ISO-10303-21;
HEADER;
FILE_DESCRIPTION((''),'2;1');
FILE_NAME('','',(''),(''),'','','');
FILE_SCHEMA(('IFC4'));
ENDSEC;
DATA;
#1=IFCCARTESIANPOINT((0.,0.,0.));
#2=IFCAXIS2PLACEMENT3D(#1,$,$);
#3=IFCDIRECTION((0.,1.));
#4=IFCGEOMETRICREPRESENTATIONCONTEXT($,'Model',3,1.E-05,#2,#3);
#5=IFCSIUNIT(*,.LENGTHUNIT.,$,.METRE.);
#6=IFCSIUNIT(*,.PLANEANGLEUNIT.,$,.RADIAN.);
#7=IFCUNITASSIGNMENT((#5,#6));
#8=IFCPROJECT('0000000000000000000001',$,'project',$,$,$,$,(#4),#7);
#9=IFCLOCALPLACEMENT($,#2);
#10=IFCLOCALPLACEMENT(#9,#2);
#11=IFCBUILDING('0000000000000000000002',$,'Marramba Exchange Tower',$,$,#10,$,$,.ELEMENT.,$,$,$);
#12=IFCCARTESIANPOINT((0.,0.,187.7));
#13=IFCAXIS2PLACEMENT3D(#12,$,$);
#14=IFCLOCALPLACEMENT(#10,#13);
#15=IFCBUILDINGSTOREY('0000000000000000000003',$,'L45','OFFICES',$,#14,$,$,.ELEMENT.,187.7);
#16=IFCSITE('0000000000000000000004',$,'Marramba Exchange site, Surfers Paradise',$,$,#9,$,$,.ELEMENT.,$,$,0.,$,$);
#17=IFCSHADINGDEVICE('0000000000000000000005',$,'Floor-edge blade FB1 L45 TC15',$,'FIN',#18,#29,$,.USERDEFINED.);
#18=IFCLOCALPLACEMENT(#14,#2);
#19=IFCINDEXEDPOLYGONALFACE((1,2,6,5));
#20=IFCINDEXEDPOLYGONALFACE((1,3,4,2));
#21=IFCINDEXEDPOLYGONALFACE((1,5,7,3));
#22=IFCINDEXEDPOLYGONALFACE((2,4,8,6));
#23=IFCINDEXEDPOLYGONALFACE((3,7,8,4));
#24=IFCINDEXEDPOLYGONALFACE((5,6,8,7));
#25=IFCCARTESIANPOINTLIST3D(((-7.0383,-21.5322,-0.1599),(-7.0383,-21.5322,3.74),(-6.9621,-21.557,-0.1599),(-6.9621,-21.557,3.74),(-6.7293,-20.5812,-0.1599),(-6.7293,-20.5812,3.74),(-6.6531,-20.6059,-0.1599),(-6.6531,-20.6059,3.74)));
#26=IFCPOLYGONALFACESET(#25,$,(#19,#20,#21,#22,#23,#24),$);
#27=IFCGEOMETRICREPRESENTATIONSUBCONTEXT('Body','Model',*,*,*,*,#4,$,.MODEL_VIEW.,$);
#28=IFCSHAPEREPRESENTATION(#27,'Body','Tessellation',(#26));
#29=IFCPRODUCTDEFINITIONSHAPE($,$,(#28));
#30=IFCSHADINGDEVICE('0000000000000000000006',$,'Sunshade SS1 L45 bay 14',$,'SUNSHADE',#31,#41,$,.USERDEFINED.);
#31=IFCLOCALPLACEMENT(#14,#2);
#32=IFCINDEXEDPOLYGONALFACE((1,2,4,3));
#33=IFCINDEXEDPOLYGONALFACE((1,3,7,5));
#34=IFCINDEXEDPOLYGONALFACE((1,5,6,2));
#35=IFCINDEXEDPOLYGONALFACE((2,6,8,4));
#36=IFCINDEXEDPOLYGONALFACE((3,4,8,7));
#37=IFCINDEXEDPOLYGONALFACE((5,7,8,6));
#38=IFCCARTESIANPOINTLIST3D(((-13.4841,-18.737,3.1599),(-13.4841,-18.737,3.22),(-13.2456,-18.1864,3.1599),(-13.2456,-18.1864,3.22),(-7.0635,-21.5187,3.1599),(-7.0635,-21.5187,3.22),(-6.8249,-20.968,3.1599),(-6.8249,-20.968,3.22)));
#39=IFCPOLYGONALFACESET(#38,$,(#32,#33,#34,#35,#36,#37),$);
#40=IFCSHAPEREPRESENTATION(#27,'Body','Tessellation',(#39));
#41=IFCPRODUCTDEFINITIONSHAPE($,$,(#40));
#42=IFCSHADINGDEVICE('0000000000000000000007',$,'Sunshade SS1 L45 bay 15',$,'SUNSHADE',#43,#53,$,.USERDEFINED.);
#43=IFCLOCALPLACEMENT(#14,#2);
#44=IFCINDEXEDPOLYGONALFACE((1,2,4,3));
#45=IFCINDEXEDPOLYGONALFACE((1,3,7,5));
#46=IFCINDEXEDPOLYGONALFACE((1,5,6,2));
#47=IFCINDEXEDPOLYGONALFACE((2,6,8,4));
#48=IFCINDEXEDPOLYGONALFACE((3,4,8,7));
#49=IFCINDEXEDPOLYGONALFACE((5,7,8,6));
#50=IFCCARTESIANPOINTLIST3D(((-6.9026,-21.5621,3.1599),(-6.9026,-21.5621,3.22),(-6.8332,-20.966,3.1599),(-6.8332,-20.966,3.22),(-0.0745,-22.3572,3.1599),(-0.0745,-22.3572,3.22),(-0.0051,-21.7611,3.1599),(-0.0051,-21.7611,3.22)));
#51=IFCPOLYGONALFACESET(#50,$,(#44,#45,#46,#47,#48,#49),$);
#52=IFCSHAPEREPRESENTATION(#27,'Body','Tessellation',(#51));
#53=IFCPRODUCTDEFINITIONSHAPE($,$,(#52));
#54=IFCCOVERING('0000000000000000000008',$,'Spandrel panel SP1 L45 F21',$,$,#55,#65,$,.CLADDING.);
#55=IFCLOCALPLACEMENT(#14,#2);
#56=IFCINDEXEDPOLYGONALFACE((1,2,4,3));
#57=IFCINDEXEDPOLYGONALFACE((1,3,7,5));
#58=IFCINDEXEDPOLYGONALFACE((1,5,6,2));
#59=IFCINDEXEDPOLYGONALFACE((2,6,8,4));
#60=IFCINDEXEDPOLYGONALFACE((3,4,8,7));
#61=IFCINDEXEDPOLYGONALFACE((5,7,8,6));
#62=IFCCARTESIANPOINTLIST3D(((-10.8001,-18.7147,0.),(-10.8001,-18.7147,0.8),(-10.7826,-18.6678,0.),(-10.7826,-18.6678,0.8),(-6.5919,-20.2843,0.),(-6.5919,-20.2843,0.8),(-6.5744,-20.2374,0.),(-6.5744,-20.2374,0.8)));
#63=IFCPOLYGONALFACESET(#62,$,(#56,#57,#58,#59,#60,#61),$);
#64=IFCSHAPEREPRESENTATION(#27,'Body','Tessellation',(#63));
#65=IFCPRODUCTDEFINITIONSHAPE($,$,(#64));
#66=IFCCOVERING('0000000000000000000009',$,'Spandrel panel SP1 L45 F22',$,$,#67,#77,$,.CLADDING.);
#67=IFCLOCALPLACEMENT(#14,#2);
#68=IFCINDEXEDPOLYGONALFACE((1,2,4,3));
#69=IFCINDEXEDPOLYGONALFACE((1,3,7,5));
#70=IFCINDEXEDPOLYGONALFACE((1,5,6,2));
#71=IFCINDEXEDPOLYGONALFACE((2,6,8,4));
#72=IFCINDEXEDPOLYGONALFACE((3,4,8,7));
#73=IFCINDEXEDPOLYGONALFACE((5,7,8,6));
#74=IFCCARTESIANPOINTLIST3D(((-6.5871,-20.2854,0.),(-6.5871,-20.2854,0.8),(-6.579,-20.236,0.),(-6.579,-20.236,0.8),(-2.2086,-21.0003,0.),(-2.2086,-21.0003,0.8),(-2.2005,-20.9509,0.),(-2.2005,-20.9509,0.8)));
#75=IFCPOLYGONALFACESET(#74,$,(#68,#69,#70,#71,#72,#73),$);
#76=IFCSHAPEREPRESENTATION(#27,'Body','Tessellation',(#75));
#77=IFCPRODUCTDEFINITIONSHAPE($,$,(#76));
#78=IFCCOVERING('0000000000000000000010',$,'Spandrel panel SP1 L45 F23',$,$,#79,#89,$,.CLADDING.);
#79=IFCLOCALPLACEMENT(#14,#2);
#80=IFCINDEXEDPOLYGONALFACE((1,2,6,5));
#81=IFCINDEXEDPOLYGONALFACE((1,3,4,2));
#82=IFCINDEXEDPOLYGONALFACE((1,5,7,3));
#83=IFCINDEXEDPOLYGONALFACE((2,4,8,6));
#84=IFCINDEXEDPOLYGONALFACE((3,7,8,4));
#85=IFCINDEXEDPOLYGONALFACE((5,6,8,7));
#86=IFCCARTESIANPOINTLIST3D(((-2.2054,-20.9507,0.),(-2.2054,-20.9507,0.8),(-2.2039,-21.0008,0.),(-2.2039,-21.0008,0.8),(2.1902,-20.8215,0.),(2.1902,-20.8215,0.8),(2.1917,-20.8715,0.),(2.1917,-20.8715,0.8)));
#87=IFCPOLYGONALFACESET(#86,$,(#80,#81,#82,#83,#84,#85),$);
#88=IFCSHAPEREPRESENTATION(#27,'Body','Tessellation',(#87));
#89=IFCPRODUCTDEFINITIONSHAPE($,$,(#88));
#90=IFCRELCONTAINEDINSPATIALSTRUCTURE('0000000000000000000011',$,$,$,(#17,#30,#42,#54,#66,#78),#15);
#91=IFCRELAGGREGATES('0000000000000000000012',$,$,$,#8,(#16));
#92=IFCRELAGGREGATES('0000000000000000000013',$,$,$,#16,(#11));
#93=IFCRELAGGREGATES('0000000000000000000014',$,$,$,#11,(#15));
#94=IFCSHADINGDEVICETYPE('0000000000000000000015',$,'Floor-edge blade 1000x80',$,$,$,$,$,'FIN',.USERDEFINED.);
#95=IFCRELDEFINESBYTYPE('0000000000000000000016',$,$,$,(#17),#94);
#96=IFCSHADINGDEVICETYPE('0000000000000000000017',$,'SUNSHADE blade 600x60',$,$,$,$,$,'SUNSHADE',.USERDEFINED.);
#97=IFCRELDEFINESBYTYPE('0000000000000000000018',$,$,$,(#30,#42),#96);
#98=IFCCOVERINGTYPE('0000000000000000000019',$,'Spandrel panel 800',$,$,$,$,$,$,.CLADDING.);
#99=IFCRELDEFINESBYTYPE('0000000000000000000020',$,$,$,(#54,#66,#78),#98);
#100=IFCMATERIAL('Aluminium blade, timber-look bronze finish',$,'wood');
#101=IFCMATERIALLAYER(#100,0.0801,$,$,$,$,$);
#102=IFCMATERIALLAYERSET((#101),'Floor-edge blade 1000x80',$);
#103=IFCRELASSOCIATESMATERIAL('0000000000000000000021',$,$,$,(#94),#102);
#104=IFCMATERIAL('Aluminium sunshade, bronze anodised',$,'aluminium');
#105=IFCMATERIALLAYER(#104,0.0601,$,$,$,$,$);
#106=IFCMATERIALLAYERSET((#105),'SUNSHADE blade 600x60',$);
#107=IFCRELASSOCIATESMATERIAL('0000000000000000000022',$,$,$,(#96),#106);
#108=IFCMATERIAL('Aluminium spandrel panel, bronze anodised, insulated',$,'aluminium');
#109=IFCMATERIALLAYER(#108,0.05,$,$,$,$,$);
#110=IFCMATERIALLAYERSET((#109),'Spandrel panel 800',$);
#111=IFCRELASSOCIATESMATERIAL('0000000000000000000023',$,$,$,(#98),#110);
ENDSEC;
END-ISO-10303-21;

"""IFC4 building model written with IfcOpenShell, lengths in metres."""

from ifc_helpers import new_model, si_unit, direction, frame, origin, origin_2d, place, context, subcontext, project, spatial, rectangle, extrude, material, layer, layer_set, type_object, element, save


model = new_model("IFC4")

# Units and contexts
model_context = context("Model", 3, precision=1e-05, world=origin(), true_north=direction((0.0, 1.0)))
body_context = subcontext(model_context, "Body", "Model", "MODEL_VIEW")
ifc_project = project(units=[si_unit("LENGTHUNIT", "METRE"), si_unit("PLANEANGLEUNIT", "RADIAN")], contexts=[model_context])

# Site, building, storey
site_placement = place(None, origin())
site = spatial("IfcSite", under=ifc_project, at=site_placement, Name="Marramba Exchange site, Surfers Paradise", CompositionType="ELEMENT", RefElevation=0.0)
building_placement = place(site_placement, origin())
building = spatial("IfcBuilding", under=site, at=building_placement, Name="Marramba Exchange Tower", CompositionType="ELEMENT")
storey_placement = place(building_placement, frame((0.0, 0.0, 187.7)))
storey = spatial("IfcBuildingStorey", under=building, at=storey_placement, Name="L45", Description="OFFICES", CompositionType="ELEMENT", Elevation=187.7)

# Shading devices
ifc_material_1 = material(Name="Aluminium blade, timber-look bronze finish", Category="wood")
ifc_layer_1 = layer(ifc_material_1, 0.0801)
ifc_layer_set_1 = layer_set([ifc_layer_1], Name="Floor-edge blade 1000x80")
shading_device_type_1 = type_object("IfcShadingDeviceType", Name="Floor-edge blade 1000x80", ElementType="FIN", PredefinedType="USERDEFINED", material=ifc_layer_set_1)
shading_device_1_placement = place(storey_placement, frame((-6.8457, -21.0691, -0.1599), z_axis=(0.0, 0.0, 1.0), x_axis=(-0.309017, -0.951057, 0.0)))
element("IfcShadingDevice", 1, at=shading_device_1_placement, inside=storey, type_object=shading_device_type_1, Name="Floor-edge blade FB1 L45 TC15", ObjectType="FIN", PredefinedType="USERDEFINED", context=body_context, shape_type="SweptSolid", body=[
    extrude(rectangle(XDim=1.0, YDim=0.0801, at=origin_2d()), origin(), (0.0, 0.0, 1.0), 3.8999),
])
ifc_material_2 = material(Name="Aluminium sunshade, bronze anodised", Category="aluminium")
ifc_layer_2 = layer(ifc_material_2, 0.0601)
ifc_layer_set_2 = layer_set([ifc_layer_2], Name="SUNSHADE blade 600x60")
shading_device_type_2 = type_object("IfcShadingDeviceType", Name="SUNSHADE blade 600x60", ElementType="SUNSHADE", PredefinedType="USERDEFINED", material=ifc_layer_set_2)
shading_device_2_placement = place(storey_placement, frame((-10.1545, -19.8525, 3.1599), z_axis=(0.0, 0.0, 1.0), x_axis=(0.917589, -0.39753, 0.0)))
element("IfcShadingDevice", 2, at=shading_device_2_placement, inside=storey, type_object=shading_device_type_2, Name="Sunshade SS1 L45 bay 14", ObjectType="SUNSHADE", PredefinedType="USERDEFINED", context=body_context, shape_type="SweptSolid", body=[
    extrude(rectangle(XDim=6.9973, YDim=0.6001, at=origin_2d()), origin(), (0.0, 0.0, 1.0), 0.0601),
])
shading_device_3_placement = place(storey_placement, frame((-3.4539, -21.6616, 3.1599), z_axis=(0.0, 0.0, 1.0), x_axis=(0.993288, -0.115665, 0.0)))
element("IfcShadingDevice", 3, at=shading_device_3_placement, inside=storey, type_object=shading_device_type_2, Name="Sunshade SS1 L45 bay 15", ObjectType="SUNSHADE", PredefinedType="USERDEFINED", context=body_context, shape_type="SweptSolid", body=[
    extrude(rectangle(XDim=6.8743, YDim=0.6001, at=origin_2d()), origin(), (0.0, 0.0, 1.0), 0.0601),
])

# Coverings
ifc_material_3 = material(Name="Aluminium spandrel panel, bronze anodised, insulated", Category="aluminium")
ifc_layer_3 = layer(ifc_material_3, 0.05)
ifc_layer_set_3 = layer_set([ifc_layer_3], Name="Spandrel panel 800")
covering_type = type_object("IfcCoveringType", Name="Spandrel panel 800", PredefinedType="CLADDING", material=ifc_layer_set_3)
covering_1_placement = place(storey_placement, frame((-8.6873, -19.4761, 0.0), z_axis=(0.0, 0.0, 1.0), x_axis=(0.936952, -0.349459, 0.0)))
element("IfcCovering", 4, at=covering_1_placement, inside=storey, type_object=covering_type, Name="Spandrel panel SP1 L45 F21", PredefinedType="CLADDING", context=body_context, shape_type="SweptSolid", body=[
    extrude(rectangle(XDim=4.4915, YDim=0.05, at=origin_2d()), origin(), (0.0, 0.0, 1.0), 0.8),
])
covering_2_placement = place(storey_placement, frame((-4.3938, -20.6182, 0.0), z_axis=(0.0, 0.0, 1.0), x_axis=(0.986931, -0.161146, 0.0)))
element("IfcCovering", 5, at=covering_2_placement, inside=storey, type_object=covering_type, Name="Spandrel panel SP1 L45 F22", PredefinedType="CLADDING", context=body_context, shape_type="SweptSolid", body=[
    extrude(rectangle(XDim=4.4365, YDim=0.05, at=origin_2d()), origin(), (0.0, 0.0, 1.0), 0.8),
])
covering_3_placement = place(storey_placement, frame((-0.0068, -20.9111, 0.0), z_axis=(0.0, 0.0, 1.0), x_axis=(0.999568, 0.029393, 0.0)))
element("IfcCovering", 6, at=covering_3_placement, inside=storey, type_object=covering_type, Name="Spandrel panel SP1 L45 F23", PredefinedType="CLADDING", context=body_context, shape_type="SweptSolid", body=[
    extrude(rectangle(XDim=4.3975, YDim=0.05, at=origin_2d()), origin(), (0.0, 0.0, 1.0), 0.8),
])

save(model, "model.ifc")
